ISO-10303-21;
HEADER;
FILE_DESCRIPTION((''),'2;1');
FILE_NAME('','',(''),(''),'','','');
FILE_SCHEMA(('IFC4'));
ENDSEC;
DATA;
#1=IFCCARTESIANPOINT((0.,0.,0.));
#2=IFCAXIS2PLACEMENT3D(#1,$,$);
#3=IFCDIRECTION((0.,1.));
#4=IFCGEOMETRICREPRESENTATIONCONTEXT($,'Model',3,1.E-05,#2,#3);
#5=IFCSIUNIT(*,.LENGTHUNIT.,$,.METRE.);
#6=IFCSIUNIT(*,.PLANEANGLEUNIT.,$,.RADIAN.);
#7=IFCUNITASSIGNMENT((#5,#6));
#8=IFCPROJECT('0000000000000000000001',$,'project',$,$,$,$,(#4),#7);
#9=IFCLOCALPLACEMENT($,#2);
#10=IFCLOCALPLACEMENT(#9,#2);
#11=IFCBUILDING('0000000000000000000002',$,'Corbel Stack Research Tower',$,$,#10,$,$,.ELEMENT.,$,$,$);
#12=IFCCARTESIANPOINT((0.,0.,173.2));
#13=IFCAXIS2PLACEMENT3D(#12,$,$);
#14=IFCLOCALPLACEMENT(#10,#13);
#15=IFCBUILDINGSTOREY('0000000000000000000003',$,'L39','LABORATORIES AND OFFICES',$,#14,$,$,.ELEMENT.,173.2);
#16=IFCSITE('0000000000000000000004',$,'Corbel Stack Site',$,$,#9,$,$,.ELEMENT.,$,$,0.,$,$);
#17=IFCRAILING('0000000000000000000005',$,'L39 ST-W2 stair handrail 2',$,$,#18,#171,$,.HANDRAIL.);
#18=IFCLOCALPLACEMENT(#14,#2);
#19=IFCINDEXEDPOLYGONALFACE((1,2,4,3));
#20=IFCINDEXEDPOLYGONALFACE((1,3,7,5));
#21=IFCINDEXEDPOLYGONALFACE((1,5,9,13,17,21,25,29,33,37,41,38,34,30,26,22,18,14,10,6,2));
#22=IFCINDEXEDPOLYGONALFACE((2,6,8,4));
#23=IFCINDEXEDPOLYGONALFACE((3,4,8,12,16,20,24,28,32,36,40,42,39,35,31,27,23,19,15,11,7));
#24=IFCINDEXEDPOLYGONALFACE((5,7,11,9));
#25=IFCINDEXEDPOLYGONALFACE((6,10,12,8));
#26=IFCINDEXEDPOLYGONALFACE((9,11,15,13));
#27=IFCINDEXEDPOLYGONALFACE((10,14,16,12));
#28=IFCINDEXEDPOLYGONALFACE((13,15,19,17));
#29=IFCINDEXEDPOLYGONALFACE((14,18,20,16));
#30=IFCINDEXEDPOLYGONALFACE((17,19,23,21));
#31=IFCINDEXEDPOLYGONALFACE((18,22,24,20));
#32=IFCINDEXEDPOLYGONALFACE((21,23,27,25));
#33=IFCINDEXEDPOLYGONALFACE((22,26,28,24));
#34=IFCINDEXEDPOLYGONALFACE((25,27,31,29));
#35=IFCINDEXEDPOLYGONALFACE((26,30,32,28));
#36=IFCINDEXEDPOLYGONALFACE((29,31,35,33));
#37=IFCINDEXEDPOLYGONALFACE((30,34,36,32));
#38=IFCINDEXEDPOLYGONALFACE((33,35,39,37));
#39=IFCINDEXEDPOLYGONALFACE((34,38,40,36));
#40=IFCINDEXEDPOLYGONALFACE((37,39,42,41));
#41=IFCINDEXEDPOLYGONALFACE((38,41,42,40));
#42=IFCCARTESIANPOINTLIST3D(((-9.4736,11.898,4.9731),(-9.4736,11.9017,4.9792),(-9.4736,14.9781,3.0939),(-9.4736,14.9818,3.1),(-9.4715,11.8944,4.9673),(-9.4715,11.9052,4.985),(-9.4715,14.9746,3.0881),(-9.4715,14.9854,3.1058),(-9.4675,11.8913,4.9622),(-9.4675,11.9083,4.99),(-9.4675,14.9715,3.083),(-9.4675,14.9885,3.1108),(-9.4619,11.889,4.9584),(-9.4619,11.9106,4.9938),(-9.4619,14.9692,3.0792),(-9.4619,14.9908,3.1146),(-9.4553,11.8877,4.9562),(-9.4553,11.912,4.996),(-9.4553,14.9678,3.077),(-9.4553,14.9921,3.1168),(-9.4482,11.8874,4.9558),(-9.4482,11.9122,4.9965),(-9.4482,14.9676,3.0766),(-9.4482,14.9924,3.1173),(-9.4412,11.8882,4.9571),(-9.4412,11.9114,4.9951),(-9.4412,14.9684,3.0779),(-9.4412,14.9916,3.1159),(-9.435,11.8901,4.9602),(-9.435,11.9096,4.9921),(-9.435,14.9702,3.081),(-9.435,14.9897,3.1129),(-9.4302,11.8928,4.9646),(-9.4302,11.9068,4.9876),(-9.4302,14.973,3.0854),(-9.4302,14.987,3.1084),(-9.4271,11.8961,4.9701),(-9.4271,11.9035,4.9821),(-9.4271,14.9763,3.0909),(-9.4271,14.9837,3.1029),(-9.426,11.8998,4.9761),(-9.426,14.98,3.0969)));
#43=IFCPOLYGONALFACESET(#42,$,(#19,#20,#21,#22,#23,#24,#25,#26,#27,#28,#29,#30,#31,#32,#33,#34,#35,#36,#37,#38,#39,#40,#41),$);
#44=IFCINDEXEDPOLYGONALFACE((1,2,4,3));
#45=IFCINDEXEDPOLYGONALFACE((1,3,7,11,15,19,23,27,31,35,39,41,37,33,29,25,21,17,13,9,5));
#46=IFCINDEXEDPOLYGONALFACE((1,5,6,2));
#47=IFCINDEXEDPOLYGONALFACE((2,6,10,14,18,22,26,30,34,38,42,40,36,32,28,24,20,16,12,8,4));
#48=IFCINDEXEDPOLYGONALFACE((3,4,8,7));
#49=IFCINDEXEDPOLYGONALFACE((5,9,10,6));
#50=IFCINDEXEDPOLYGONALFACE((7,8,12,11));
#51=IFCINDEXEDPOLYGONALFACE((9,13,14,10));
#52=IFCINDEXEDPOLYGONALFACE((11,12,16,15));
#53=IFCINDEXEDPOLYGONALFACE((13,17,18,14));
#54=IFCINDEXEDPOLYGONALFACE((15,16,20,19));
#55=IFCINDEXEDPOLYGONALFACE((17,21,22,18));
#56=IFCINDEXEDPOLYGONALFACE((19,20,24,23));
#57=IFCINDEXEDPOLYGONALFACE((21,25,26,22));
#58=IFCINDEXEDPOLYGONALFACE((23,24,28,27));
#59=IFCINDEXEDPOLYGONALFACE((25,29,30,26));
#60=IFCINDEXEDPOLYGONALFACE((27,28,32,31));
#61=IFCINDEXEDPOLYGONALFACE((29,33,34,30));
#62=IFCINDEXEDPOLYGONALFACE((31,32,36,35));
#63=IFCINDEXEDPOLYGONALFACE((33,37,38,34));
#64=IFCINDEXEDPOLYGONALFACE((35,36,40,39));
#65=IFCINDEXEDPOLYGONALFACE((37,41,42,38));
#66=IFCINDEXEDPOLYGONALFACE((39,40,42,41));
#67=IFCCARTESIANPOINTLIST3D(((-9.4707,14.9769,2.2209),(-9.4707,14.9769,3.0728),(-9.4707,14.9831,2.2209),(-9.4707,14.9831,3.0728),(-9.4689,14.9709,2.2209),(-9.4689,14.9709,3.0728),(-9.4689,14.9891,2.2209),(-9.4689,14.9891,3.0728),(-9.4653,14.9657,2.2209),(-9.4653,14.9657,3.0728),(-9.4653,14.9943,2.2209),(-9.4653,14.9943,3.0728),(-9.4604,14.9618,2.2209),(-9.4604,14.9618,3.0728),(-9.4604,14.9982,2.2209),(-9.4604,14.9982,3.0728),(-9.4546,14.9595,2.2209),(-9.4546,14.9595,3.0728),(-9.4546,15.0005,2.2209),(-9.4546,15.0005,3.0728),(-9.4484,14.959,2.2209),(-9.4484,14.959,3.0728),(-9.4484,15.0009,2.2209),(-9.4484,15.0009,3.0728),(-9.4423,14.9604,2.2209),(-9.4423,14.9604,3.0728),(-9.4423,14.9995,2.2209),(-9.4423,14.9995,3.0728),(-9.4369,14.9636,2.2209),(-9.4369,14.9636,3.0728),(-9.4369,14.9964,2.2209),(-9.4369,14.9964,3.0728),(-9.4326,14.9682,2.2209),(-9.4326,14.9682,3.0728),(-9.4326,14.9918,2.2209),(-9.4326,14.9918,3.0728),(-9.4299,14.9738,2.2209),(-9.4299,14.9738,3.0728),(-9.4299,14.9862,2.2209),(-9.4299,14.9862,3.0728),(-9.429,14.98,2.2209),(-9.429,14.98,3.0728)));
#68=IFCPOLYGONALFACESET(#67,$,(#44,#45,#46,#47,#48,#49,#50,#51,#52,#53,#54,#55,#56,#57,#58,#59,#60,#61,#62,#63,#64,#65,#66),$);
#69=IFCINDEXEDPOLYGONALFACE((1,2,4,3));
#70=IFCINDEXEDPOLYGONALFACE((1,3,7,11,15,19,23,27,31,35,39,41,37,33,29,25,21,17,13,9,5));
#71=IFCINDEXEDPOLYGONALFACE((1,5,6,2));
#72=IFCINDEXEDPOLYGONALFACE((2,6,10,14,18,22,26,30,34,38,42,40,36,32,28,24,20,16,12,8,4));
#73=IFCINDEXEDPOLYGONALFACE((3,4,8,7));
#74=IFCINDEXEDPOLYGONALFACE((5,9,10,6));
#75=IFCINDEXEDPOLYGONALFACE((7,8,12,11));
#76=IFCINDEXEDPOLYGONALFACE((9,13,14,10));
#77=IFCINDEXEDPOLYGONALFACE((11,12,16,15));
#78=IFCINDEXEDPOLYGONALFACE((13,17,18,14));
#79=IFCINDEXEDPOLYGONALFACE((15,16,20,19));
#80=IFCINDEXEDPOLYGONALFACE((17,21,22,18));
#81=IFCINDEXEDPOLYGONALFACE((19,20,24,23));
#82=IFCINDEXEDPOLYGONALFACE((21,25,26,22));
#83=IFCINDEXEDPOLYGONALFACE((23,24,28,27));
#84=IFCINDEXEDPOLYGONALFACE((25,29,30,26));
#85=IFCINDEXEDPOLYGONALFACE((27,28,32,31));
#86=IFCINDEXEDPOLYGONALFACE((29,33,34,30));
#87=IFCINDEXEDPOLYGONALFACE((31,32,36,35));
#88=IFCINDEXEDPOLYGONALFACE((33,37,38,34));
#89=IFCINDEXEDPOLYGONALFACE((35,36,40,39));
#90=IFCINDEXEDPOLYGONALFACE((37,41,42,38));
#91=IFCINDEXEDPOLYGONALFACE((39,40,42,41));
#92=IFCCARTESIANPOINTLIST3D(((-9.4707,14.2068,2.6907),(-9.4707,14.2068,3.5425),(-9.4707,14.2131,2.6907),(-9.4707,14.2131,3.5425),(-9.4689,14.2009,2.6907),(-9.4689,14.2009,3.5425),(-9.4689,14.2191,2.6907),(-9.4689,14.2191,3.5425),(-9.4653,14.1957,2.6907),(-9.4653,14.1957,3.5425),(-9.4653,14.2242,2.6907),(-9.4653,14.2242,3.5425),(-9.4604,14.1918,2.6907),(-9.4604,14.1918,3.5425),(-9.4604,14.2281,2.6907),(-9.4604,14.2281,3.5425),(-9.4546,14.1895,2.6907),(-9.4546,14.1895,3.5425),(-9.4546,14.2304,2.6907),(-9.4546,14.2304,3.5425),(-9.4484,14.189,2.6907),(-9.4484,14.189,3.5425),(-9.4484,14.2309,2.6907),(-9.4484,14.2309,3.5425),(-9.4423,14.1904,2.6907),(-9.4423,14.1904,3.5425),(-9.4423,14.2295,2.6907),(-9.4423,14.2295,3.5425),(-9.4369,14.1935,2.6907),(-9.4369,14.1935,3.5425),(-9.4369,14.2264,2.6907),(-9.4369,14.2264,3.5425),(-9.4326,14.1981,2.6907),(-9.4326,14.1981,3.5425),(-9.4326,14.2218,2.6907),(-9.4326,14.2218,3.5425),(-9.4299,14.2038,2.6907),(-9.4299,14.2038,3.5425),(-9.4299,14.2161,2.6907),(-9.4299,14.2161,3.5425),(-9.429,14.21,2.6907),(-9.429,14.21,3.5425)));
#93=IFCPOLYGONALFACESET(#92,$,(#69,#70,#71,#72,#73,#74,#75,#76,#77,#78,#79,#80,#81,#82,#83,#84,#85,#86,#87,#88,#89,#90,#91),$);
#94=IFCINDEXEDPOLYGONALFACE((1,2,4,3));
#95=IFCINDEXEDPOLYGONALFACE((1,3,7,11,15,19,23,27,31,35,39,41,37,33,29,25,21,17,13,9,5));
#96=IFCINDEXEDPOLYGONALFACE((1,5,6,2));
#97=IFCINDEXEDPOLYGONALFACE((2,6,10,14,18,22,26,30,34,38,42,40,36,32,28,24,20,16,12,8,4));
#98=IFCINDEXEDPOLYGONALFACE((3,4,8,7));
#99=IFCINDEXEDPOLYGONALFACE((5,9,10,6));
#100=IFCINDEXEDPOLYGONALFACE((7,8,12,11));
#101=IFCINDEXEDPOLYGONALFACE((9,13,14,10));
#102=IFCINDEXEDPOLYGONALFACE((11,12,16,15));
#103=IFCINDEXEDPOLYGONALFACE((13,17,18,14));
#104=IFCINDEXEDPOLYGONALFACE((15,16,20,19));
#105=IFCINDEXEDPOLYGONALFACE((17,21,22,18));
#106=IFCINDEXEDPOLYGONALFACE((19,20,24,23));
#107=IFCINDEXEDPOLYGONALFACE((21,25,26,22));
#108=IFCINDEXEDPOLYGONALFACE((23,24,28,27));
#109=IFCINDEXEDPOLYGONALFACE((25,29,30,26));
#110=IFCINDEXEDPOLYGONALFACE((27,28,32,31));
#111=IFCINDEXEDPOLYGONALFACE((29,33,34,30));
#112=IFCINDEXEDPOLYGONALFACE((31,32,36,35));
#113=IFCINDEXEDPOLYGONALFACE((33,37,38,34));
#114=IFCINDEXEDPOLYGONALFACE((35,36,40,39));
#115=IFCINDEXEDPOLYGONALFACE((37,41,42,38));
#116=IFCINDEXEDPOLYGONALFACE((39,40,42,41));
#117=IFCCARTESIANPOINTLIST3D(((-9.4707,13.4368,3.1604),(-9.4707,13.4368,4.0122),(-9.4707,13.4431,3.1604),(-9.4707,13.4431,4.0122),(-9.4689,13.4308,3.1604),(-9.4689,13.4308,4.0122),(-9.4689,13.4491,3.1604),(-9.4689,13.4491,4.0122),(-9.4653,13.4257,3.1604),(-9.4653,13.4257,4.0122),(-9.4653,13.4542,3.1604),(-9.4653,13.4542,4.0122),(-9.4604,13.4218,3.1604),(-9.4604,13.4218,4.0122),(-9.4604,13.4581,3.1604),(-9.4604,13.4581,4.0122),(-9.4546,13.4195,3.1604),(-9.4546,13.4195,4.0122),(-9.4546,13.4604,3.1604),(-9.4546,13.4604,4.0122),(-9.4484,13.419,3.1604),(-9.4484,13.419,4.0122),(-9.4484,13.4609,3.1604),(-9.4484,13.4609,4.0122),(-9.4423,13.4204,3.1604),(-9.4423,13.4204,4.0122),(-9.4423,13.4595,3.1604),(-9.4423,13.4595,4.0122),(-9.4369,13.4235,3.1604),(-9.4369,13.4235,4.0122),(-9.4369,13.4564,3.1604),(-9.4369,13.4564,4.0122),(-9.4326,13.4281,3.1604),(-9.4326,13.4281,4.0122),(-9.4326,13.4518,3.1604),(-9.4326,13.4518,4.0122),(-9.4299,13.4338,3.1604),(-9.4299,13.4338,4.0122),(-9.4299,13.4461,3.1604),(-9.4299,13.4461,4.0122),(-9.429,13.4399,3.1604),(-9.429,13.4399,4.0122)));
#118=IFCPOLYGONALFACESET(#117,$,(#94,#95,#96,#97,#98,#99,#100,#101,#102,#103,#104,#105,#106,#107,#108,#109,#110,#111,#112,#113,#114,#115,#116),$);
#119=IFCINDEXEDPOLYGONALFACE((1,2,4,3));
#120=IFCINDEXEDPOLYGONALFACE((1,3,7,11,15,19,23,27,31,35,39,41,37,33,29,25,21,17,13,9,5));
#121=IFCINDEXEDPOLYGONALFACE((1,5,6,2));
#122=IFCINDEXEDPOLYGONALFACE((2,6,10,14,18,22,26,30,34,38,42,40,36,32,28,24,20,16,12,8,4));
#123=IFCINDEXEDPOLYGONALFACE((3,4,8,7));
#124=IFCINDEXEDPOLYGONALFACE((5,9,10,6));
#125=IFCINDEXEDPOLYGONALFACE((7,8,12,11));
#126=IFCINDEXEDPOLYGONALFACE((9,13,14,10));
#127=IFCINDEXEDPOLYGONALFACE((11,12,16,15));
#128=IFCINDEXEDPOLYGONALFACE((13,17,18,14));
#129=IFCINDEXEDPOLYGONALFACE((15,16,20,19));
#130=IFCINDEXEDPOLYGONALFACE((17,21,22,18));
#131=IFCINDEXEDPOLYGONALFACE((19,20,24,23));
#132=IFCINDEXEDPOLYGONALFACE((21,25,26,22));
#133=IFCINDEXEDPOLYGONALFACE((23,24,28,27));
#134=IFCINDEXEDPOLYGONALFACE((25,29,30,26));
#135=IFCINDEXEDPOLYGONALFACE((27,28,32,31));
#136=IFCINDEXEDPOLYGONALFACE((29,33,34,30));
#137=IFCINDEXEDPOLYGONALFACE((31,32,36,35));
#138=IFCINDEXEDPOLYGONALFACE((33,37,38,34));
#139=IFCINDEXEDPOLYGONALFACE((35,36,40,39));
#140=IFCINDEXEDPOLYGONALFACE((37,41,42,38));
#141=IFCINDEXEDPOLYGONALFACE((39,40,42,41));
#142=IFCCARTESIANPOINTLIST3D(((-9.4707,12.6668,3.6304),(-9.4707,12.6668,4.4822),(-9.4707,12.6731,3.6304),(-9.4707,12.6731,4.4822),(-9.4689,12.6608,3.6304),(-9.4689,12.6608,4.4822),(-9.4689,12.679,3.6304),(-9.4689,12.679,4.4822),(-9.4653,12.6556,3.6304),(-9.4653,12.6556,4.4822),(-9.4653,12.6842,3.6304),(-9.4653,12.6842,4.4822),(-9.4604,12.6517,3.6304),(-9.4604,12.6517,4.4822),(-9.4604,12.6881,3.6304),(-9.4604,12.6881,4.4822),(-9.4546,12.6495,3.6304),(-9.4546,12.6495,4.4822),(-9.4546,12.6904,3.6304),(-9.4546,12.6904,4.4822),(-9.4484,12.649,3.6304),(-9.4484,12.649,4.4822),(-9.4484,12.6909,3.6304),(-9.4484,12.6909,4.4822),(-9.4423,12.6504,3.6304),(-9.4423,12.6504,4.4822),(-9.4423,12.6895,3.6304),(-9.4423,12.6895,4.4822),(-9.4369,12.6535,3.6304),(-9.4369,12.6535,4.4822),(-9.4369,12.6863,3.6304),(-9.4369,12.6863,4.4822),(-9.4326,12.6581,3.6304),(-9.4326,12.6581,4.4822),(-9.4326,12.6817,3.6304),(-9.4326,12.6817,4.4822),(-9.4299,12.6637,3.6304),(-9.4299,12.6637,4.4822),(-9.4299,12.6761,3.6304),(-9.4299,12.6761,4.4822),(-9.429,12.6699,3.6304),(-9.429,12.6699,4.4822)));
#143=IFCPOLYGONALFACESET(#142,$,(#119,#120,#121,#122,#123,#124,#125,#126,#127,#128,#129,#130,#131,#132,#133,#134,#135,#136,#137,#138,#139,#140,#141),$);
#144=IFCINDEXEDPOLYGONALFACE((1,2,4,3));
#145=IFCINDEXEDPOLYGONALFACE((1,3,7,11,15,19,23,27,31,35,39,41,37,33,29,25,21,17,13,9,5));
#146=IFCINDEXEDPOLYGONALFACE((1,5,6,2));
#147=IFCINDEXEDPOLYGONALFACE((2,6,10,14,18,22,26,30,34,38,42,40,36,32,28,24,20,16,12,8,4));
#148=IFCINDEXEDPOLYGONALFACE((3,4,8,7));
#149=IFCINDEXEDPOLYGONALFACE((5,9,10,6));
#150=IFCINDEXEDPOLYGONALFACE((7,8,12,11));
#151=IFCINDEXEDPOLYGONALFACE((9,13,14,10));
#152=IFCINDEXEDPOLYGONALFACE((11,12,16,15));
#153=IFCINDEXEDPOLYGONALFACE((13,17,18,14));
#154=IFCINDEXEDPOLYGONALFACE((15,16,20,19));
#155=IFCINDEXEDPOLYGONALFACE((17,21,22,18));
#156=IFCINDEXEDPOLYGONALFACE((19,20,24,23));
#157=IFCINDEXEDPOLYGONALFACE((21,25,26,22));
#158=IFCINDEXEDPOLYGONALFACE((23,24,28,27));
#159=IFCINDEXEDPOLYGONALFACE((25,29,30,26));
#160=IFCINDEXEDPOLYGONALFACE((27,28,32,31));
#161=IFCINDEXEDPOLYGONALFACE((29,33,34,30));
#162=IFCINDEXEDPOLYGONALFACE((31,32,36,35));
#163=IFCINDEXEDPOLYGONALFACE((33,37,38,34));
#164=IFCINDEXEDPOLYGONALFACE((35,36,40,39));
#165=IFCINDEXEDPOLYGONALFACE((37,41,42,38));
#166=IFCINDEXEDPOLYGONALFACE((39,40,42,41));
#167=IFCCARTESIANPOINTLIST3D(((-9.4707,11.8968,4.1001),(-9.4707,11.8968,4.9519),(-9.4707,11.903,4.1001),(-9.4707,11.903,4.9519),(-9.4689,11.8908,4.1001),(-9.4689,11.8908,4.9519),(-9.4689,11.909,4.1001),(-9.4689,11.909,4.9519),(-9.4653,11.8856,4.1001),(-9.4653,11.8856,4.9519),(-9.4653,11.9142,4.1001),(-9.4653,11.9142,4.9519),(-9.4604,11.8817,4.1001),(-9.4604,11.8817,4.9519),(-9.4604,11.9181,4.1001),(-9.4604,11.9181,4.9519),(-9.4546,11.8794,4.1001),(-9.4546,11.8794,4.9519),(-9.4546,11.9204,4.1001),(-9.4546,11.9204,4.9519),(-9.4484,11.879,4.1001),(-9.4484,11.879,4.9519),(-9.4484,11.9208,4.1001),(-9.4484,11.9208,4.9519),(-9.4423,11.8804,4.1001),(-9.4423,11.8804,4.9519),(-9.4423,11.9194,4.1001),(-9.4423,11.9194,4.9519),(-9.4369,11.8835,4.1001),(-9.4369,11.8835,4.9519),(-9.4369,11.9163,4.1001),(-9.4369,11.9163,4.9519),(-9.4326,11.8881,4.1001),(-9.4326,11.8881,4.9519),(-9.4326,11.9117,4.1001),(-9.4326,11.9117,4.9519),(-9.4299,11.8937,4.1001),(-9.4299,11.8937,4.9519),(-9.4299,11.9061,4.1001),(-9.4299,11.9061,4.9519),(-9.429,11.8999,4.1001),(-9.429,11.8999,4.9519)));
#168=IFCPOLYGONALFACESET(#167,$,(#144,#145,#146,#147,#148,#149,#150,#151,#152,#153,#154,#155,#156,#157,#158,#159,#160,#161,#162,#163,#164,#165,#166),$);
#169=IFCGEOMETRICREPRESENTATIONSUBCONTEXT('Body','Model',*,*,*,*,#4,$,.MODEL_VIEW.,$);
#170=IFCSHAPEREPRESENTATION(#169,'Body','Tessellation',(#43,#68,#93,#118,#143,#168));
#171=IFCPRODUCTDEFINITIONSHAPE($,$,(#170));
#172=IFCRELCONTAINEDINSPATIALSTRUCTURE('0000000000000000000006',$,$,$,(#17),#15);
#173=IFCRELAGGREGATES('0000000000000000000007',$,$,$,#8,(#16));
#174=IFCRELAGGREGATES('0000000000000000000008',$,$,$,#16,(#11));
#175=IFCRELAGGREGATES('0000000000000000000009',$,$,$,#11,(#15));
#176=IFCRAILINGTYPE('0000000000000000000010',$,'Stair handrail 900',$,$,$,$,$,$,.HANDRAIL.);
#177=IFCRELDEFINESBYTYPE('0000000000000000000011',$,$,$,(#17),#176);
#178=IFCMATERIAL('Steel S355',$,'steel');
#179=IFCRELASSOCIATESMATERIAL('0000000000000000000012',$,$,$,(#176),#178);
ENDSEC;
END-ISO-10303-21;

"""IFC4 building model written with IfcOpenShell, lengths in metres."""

from ifc_helpers import new_model, si_unit, direction, frame, origin, origin_2d, place, context, subcontext, project, spatial, circle, extrude, material, type_object, element, save


model = new_model("IFC4")

# Units and contexts
model_context = context("Model", 3, precision=1e-05, world=origin(), true_north=direction((0.0, 1.0)))
body_context = subcontext(model_context, "Body", "Model", "MODEL_VIEW")
ifc_project = project(units=[si_unit("LENGTHUNIT", "METRE"), si_unit("PLANEANGLEUNIT", "RADIAN")], contexts=[model_context])

# Site, building, storey
site_placement = place(None, origin())
site = spatial("IfcSite", under=ifc_project, at=site_placement, Name="Corbel Stack Site", CompositionType="ELEMENT", RefElevation=0.0)
building_placement = place(site_placement, origin())
building = spatial("IfcBuilding", under=site, at=building_placement, Name="Corbel Stack Research Tower", CompositionType="ELEMENT")
storey_placement = place(building_placement, frame((0.0, 0.0, 173.2)))
storey = spatial("IfcBuildingStorey", under=building, at=storey_placement, Name="L39", Description="LABORATORIES AND OFFICES", CompositionType="ELEMENT", Elevation=173.2)

# Railing
ifc_material_1 = material(Name="Steel S355", Category="steel")
railing_type_1 = type_object("IfcRailingType", Name="Stair handrail 900", PredefinedType="HANDRAIL", material=ifc_material_1)
railing_1_placement = place(storey_placement, frame((-9.45, 14.98, 2.2209)))
element("IfcRailing", 1, at=railing_1_placement, inside=storey, type_object=railing_type_1, Name="L39 ST-W2 stair handrail 2", PredefinedType="HANDRAIL", context=body_context, shape_type="SweptSolid", body=[
    extrude(circle(Radius=0.0239, at=origin_2d()), frame((0.0, 0.0, 0.876), z_axis=(0.0, -0.853666, 0.52082), x_axis=(1.0, 0.0, 0.0)), (0.0, 0.0, 1.0), 3.6082),
    extrude(circle(Radius=0.021, at=origin_2d()), origin(), (0.0, 0.0, 1.0), 0.8518),
    extrude(circle(Radius=0.021, at=origin_2d()), frame((0.0, -0.77, 0.4697)), (0.0, 0.0, 1.0), 0.8518),
    extrude(circle(Radius=0.021, at=origin_2d()), frame((0.0, -1.54, 0.9395)), (0.0, 0.0, 1.0), 0.8518),
    extrude(circle(Radius=0.021, at=origin_2d()), frame((0.0, -2.3101, 1.4094)), (0.0, 0.0, 1.0), 0.8518),
    extrude(circle(Radius=0.021, at=origin_2d()), frame((0.0, -3.0801, 1.8792)), (0.0, 0.0, 1.0), 0.8518),
])

save(model, "model.ifc")
